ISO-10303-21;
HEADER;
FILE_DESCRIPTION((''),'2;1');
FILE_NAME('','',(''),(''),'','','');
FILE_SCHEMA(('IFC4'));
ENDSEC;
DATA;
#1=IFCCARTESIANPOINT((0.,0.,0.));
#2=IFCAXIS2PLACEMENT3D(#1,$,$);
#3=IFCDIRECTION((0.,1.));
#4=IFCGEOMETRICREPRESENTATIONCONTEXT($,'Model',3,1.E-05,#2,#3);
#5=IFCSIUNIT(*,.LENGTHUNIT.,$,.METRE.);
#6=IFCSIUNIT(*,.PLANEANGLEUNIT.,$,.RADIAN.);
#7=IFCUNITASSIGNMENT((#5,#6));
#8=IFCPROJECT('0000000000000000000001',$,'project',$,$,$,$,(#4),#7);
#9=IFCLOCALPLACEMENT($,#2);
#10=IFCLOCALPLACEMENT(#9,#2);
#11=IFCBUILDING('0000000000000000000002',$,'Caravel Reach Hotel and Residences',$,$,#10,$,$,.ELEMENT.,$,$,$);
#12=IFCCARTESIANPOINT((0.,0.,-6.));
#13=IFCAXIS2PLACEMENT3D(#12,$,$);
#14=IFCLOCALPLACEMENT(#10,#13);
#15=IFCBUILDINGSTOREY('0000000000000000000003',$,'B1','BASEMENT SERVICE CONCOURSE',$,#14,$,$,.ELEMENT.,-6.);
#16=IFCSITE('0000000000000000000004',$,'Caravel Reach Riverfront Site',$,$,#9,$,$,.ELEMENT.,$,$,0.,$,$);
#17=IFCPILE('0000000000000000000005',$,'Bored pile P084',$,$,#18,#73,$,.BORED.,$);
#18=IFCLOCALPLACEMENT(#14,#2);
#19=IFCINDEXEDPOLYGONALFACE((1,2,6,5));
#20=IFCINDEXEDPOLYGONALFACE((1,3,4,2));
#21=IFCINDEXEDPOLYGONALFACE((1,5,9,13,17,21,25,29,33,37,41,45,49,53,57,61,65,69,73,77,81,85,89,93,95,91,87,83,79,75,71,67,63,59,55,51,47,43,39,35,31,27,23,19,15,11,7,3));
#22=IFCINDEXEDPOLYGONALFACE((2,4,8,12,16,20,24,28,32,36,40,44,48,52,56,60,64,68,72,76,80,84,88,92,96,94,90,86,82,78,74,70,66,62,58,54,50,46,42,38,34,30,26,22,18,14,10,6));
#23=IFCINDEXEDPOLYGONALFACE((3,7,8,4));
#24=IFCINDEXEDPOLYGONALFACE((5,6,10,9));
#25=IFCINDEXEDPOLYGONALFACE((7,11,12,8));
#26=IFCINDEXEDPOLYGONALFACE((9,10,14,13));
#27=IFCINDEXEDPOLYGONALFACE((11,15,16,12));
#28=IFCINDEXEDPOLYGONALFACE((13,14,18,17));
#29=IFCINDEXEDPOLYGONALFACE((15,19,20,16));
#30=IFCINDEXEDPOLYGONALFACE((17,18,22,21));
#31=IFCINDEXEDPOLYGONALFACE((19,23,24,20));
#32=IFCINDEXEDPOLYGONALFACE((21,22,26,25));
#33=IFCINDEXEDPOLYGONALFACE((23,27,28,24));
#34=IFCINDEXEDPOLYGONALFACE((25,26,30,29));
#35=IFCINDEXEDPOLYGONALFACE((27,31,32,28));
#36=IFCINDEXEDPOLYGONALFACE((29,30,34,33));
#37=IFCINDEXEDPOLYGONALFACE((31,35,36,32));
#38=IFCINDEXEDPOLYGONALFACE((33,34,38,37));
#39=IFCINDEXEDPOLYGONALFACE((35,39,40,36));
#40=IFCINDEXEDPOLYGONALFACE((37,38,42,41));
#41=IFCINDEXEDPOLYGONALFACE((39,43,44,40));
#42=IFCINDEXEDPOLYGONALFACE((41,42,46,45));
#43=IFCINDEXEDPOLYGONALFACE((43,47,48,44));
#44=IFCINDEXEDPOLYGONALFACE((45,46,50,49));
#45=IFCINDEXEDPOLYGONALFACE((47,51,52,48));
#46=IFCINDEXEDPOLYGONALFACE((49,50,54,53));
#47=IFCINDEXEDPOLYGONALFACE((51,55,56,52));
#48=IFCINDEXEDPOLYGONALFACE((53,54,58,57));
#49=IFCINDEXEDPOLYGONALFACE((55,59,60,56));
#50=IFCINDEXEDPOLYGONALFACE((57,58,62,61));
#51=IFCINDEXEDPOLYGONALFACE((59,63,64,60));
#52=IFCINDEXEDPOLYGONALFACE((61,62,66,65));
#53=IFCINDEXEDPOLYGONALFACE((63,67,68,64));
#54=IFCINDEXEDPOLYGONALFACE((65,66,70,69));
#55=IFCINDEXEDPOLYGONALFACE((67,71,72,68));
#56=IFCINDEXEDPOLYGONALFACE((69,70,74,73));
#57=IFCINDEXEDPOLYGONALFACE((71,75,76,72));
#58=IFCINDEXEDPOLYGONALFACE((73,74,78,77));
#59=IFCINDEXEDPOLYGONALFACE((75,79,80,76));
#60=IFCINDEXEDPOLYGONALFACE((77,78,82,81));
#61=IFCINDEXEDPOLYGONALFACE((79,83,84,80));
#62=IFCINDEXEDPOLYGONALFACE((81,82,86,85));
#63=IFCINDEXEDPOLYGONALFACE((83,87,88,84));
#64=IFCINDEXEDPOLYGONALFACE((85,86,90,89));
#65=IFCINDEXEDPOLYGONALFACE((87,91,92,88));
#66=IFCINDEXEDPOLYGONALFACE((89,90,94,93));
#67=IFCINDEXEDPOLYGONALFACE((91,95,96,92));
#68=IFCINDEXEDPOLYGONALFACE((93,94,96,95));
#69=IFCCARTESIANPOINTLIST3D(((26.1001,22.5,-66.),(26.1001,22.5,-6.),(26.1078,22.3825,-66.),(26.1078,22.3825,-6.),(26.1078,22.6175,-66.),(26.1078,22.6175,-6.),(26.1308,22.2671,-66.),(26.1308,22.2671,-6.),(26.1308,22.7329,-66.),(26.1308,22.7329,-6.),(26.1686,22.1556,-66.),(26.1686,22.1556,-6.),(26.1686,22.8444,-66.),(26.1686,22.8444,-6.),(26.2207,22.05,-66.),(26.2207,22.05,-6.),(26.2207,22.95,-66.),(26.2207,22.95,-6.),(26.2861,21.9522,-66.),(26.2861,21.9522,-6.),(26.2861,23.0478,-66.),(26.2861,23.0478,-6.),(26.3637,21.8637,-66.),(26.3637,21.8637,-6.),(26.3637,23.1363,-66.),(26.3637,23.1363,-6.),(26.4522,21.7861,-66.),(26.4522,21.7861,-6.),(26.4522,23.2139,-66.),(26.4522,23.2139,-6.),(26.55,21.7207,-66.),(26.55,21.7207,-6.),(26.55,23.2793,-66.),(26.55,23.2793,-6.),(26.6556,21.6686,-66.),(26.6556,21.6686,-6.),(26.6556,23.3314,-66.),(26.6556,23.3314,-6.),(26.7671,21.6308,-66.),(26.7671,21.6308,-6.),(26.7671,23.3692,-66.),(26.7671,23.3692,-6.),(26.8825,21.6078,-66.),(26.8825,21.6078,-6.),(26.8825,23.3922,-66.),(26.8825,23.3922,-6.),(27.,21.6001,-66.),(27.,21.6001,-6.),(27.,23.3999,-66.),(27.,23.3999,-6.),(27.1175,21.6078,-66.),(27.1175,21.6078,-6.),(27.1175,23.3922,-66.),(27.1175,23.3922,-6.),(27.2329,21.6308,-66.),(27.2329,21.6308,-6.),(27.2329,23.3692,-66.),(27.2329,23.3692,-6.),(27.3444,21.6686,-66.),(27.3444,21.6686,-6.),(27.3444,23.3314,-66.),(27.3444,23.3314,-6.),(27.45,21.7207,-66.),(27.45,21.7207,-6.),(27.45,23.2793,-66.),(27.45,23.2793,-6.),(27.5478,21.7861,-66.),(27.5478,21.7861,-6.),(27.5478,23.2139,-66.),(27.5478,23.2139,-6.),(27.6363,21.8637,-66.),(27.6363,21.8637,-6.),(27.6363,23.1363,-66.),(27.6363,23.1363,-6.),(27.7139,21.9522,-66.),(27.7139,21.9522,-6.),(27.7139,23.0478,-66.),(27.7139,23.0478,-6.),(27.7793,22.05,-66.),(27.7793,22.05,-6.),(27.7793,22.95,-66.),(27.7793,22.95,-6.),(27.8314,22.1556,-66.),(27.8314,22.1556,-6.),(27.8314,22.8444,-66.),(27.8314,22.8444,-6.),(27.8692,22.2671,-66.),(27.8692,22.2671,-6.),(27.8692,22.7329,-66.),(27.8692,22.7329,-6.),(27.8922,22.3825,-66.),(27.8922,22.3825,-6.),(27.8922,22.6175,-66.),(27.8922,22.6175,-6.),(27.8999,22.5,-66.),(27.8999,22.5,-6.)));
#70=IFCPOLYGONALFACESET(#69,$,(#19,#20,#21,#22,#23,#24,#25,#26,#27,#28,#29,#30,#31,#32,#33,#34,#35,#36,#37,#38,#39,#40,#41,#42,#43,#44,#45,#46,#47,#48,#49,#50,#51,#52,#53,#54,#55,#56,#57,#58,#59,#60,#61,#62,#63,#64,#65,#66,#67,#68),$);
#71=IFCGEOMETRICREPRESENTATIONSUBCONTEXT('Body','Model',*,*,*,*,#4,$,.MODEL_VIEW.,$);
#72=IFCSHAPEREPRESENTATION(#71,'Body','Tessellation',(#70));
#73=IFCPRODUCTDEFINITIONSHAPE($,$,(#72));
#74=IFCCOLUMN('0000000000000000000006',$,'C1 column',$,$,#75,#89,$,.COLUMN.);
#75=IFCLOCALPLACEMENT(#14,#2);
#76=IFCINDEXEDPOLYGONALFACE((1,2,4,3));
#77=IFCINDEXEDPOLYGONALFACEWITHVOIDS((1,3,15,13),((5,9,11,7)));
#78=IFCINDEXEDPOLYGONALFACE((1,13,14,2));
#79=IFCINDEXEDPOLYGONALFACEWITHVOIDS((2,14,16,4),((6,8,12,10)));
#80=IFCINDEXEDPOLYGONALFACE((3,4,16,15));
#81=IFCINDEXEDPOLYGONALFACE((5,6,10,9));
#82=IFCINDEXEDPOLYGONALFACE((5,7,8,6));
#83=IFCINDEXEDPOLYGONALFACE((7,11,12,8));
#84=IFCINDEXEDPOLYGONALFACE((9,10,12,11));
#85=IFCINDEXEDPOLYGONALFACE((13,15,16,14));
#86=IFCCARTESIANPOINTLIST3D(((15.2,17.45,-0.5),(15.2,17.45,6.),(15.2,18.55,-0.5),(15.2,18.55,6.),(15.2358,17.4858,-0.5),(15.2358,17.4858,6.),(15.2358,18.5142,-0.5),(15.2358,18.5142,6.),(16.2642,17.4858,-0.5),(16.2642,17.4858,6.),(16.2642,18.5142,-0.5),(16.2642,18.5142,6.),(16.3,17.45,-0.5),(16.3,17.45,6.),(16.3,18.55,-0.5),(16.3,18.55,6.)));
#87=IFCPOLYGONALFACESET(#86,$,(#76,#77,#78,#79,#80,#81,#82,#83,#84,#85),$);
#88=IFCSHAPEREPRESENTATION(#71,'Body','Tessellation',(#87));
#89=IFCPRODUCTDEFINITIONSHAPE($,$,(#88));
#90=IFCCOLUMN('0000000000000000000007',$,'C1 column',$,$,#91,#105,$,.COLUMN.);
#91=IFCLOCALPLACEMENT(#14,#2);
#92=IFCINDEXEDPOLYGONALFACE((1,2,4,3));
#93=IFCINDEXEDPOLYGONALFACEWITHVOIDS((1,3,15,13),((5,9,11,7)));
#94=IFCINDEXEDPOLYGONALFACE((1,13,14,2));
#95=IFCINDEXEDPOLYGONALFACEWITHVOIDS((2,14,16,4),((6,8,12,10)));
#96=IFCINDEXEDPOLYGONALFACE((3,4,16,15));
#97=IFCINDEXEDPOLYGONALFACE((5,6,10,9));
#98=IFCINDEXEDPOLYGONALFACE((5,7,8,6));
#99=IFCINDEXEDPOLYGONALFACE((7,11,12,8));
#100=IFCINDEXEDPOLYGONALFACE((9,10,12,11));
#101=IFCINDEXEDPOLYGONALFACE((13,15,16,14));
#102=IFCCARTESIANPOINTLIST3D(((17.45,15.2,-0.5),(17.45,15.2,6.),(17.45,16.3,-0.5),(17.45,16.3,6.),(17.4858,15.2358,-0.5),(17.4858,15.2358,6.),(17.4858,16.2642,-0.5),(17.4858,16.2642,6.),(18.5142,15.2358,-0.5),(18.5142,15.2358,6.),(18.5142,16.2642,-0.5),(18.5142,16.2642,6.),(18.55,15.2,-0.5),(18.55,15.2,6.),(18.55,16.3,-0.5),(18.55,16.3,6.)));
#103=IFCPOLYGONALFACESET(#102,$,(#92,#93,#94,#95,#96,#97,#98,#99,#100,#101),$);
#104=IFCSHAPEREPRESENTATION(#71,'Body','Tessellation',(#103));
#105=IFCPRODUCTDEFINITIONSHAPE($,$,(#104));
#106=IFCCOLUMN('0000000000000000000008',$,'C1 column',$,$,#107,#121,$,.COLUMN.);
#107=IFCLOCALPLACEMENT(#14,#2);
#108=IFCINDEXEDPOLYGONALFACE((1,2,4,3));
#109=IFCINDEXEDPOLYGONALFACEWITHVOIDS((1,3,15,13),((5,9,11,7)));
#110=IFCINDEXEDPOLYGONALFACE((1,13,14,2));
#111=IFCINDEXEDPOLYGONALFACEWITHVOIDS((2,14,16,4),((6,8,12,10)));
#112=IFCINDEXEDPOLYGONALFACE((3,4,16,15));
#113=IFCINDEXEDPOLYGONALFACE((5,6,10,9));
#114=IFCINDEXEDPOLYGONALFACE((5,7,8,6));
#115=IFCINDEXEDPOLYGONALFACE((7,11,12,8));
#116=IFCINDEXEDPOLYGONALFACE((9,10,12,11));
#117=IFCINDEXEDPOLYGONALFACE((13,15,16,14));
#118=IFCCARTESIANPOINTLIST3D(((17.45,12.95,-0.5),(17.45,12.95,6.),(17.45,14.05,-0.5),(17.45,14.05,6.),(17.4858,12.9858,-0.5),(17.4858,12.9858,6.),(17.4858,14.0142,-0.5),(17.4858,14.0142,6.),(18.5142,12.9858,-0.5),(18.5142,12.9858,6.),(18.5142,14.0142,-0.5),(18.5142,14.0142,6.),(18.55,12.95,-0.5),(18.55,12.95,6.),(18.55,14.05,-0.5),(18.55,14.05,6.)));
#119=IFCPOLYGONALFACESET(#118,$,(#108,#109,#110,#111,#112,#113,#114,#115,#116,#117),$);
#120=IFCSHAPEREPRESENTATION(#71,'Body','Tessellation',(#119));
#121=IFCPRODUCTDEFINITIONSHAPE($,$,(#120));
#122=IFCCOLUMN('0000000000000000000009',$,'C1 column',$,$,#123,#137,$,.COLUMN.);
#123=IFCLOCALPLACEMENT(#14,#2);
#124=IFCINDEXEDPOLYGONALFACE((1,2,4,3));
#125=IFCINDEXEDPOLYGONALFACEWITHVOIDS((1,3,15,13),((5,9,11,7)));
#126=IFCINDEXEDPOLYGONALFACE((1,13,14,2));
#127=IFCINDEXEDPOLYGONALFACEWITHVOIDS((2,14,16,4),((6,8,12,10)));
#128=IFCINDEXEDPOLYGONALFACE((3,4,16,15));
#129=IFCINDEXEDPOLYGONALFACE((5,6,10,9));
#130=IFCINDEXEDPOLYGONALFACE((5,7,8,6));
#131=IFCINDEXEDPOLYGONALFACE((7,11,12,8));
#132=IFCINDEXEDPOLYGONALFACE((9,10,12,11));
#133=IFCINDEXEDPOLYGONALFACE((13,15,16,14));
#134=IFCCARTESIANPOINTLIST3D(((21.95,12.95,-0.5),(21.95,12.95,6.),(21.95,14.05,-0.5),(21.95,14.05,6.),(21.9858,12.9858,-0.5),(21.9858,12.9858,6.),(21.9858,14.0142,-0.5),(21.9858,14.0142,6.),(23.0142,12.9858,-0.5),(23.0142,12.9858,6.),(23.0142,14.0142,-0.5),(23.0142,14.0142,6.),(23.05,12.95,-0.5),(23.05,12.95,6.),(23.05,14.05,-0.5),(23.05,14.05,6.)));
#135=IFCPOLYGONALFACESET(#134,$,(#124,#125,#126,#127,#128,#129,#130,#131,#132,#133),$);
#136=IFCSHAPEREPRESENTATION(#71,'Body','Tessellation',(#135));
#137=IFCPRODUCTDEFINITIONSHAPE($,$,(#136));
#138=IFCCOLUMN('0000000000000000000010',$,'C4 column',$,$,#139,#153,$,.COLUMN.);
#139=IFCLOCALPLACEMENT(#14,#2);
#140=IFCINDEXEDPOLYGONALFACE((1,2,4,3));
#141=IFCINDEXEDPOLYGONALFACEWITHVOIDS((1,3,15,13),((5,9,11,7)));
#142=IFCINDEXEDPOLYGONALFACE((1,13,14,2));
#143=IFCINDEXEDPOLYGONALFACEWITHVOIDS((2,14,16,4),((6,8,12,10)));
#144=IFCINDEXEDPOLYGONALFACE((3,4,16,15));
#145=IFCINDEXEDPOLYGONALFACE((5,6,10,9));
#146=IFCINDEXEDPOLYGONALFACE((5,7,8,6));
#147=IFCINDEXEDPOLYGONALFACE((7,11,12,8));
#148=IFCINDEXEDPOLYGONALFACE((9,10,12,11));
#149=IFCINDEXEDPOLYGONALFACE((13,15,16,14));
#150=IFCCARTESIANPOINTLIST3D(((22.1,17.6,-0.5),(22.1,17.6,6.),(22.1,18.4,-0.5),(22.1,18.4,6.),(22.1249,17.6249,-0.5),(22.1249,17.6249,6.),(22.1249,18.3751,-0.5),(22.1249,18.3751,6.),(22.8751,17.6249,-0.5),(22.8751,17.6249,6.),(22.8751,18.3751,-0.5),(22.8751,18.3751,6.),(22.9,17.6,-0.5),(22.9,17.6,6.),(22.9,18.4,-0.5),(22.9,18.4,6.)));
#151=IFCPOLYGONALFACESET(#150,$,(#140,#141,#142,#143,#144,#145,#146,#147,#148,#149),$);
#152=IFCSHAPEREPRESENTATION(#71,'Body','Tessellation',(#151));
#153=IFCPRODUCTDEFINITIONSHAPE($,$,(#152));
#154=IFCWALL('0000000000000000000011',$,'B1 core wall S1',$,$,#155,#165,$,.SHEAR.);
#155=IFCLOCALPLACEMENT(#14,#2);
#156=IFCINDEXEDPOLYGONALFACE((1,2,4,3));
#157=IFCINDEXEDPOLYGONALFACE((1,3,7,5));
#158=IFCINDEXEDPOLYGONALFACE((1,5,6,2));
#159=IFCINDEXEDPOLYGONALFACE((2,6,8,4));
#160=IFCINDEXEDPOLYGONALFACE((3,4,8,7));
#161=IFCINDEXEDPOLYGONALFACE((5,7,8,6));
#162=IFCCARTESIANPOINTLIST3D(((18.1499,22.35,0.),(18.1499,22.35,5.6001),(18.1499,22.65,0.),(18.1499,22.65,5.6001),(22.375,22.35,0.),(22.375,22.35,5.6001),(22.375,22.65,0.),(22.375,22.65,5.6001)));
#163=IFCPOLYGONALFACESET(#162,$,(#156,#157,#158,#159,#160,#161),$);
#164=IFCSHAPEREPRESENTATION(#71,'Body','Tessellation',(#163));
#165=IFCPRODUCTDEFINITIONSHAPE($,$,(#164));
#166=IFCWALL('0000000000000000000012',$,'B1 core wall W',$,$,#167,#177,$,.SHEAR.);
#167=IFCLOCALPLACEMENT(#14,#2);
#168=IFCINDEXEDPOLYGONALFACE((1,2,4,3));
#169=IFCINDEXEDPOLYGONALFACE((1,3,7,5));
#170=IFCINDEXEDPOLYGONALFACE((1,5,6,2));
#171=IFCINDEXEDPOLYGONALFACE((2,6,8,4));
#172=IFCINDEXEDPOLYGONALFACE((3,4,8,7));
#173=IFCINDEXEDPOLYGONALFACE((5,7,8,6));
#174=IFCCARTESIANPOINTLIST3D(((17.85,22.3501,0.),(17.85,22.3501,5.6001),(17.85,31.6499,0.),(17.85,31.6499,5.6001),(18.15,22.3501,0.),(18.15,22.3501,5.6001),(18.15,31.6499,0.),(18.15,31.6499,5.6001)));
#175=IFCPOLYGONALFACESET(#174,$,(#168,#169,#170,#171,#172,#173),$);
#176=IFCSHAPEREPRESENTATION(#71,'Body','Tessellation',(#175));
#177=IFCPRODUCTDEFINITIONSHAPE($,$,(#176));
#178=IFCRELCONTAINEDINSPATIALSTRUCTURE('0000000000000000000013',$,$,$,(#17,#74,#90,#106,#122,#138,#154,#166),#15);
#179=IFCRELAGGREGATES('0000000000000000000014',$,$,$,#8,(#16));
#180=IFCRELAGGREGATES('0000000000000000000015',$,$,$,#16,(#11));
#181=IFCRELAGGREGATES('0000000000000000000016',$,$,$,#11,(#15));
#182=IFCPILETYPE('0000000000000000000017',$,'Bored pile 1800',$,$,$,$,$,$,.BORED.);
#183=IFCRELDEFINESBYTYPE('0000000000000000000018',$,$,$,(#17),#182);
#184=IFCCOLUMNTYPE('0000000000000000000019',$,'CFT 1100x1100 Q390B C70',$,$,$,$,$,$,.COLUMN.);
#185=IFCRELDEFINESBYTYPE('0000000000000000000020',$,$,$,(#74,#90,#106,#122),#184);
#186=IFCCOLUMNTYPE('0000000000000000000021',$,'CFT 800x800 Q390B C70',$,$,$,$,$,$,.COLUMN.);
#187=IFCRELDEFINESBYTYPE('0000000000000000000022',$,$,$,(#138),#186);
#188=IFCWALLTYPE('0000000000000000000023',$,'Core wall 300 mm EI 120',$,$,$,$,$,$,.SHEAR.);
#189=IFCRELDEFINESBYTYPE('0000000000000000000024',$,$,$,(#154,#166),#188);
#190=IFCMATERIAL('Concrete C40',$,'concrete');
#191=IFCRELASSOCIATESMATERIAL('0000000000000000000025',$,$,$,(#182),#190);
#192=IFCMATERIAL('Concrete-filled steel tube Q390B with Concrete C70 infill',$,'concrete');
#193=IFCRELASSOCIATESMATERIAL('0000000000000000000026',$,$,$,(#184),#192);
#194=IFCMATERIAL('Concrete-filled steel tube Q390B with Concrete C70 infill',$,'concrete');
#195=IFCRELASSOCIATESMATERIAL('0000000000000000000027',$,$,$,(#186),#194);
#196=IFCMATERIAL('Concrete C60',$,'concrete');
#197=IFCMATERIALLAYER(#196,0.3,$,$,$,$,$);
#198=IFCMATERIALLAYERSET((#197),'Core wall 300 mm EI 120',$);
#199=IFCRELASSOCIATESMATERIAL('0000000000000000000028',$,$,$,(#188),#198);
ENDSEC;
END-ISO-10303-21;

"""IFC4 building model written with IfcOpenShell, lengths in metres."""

from ifc_helpers import new_model, si_unit, direction, frame, frame_2d, origin, origin_2d, place, context, subcontext, project, spatial, rectangle, hollow_rectangle, circle, extrude, material, layer, layer_set, material_profile, profile_set, type_object, element, save


model = new_model("IFC4")

# Units and contexts
model_context = context("Model", 3, precision=1e-05, world=origin(), true_north=direction((0.0, 1.0)))
body_context = subcontext(model_context, "Body", "Model", "MODEL_VIEW")
ifc_project = project(units=[si_unit("LENGTHUNIT", "METRE"), si_unit("PLANEANGLEUNIT", "RADIAN")], contexts=[model_context])

# Site, building, storey
site_placement = place(None, origin())
site = spatial("IfcSite", under=ifc_project, at=site_placement, Name="Caravel Reach Riverfront Site", CompositionType="ELEMENT", RefElevation=0.0)
building_placement = place(site_placement, origin())
building = spatial("IfcBuilding", under=site, at=building_placement, Name="Caravel Reach Hotel and Residences", CompositionType="ELEMENT")
storey_placement = place(building_placement, frame((0.0, 0.0, -6.0)))
storey = spatial("IfcBuildingStorey", under=building, at=storey_placement, Name="B1", Description="BASEMENT SERVICE CONCOURSE", CompositionType="ELEMENT", Elevation=-6.0)

# Pile
ifc_material_1 = material(Name="Concrete C40", Category="concrete")
ifc_material_profile_1 = material_profile(ifc_material_1, circle(Radius=0.8999, at=origin_2d()), Name="PILE 1800")
ifc_profile_set_1 = profile_set([ifc_material_profile_1], Name="Concrete C40")
pile_type_1 = type_object("IfcPileType", Name="Bored pile 1800", PredefinedType="BORED", material=ifc_profile_set_1)
for number, where, z_axis, x_axis, name in (
    (1, (27.0, 22.5, -6.0), (0.0, 0.0, -1.0), (1.0, 0.0, 0.0), "Bored pile P084"),
):
    element("IfcPile", number, at=place(storey_placement, frame(where, z_axis=z_axis, x_axis=x_axis)), inside=storey, type_object=pile_type_1, Name=name, PredefinedType="BORED", context=body_context, shape_type="SweptSolid", body=[
        extrude(circle(Radius=0.8999, at=origin_2d()), origin(), (0.0, 0.0, 1.0), 60.0),
    ])

# Columns
ifc_material_2 = material(Name="Concrete-filled steel tube Q390B with Concrete C70 infill", Category="concrete")
ifc_material_profile_2 = material_profile(ifc_material_2, hollow_rectangle(XDim=1.1001, YDim=1.1001, WallThickness=0.0359, at=origin_2d()), Name="RHS 1100x1100x36")
ifc_profile_set_2 = profile_set([ifc_material_profile_2], Name="Concrete-filled steel tube Q390B with Concrete C70 infill")
column_type_1 = type_object("IfcColumnType", Name="CFT 1100x1100 Q390B C70", PredefinedType="COLUMN", material=ifc_profile_set_2)
for number, where, z_axis, x_axis, name in (
    (2, (15.75, 18.0, -0.5), (0.0, 0.0, 1.0), (1.0, 0.0, 0.0), "C1 column"),
    (3, (18.0, 15.75, -0.5), (0.0, 0.0, 1.0), (1.0, 0.0, 0.0), "C1 column"),
    (4, (18.0, 13.5, -0.5), (0.0, 0.0, 1.0), (1.0, 0.0, 0.0), "C1 column"),
    (5, (22.5, 13.5, -0.5), (0.0, 0.0, 1.0), (1.0, 0.0, 0.0), "C1 column"),
):
    element("IfcColumn", number, at=place(storey_placement, frame(where, z_axis=z_axis, x_axis=x_axis)), inside=storey, type_object=column_type_1, Name=name, PredefinedType="COLUMN", context=body_context, shape_type="SweptSolid", body=[
        extrude(hollow_rectangle(XDim=1.1001, YDim=1.1001, WallThickness=0.0359, at=origin_2d()), origin(), (0.0, 0.0, 1.0), 6.5),
    ])
ifc_material_3 = material(Name="Concrete-filled steel tube Q390B with Concrete C70 infill", Category="concrete")
ifc_material_profile_3 = material_profile(ifc_material_3, hollow_rectangle(XDim=0.8, YDim=0.8, WallThickness=0.0249, at=origin_2d()), Name="RHS 800x800x25")
ifc_profile_set_3 = profile_set([ifc_material_profile_3], Name="Concrete-filled steel tube Q390B with Concrete C70 infill")
column_type_2 = type_object("IfcColumnType", Name="CFT 800x800 Q390B C70", PredefinedType="COLUMN", material=ifc_profile_set_3)
column_placement = place(storey_placement, frame((22.5, 18.0, -0.5), z_axis=(0.0, 0.0, 1.0), x_axis=(1.0, 0.0, 0.0)))
element("IfcColumn", 6, at=column_placement, inside=storey, type_object=column_type_2, Name="C4 column", PredefinedType="COLUMN", context=body_context, shape_type="SweptSolid", body=[
    extrude(hollow_rectangle(XDim=0.8, YDim=0.8, WallThickness=0.0249, at=origin_2d()), origin(), (0.0, 0.0, 1.0), 6.5),
])

# Walls
ifc_material_4 = material(Name="Concrete C60", Category="concrete")
ifc_layer_1 = layer(ifc_material_4, 0.3)
ifc_layer_set_1 = layer_set([ifc_layer_1], Name="Core wall 300 mm EI 120")
wall_type_1 = type_object("IfcWallType", Name="Core wall 300 mm EI 120", PredefinedType="SHEAR", material=ifc_layer_set_1)
wall_1_placement = place(storey_placement, frame((18.1499, 22.5, 0.0), z_axis=(0.0, 0.0, 1.0), x_axis=(1.0, 0.0, 0.0)))
element("IfcWall", 7, at=wall_1_placement, inside=storey, type_object=wall_type_1, Name="B1 core wall S1", PredefinedType="SHEAR", context=body_context, shape_type="SweptSolid", body=[
    extrude(rectangle(XDim=4.2251, YDim=0.3, at=frame_2d((2.1125, 0.0))), origin(), (0.0, 0.0, 1.0), 5.6001),
])
wall_2_placement = place(storey_placement, frame((18.0, 22.3501, 0.0), z_axis=(0.0, 0.0, 1.0), x_axis=(0.0, 1.0, 0.0)))
element("IfcWall", 8, at=wall_2_placement, inside=storey, type_object=wall_type_1, Name="B1 core wall W", PredefinedType="SHEAR", context=body_context, shape_type="SweptSolid", body=[
    extrude(rectangle(XDim=9.2998, YDim=0.3, at=frame_2d((4.6499, 0.0))), origin(), (0.0, 0.0, 1.0), 5.6001),
])

save(model, "model.ifc")
